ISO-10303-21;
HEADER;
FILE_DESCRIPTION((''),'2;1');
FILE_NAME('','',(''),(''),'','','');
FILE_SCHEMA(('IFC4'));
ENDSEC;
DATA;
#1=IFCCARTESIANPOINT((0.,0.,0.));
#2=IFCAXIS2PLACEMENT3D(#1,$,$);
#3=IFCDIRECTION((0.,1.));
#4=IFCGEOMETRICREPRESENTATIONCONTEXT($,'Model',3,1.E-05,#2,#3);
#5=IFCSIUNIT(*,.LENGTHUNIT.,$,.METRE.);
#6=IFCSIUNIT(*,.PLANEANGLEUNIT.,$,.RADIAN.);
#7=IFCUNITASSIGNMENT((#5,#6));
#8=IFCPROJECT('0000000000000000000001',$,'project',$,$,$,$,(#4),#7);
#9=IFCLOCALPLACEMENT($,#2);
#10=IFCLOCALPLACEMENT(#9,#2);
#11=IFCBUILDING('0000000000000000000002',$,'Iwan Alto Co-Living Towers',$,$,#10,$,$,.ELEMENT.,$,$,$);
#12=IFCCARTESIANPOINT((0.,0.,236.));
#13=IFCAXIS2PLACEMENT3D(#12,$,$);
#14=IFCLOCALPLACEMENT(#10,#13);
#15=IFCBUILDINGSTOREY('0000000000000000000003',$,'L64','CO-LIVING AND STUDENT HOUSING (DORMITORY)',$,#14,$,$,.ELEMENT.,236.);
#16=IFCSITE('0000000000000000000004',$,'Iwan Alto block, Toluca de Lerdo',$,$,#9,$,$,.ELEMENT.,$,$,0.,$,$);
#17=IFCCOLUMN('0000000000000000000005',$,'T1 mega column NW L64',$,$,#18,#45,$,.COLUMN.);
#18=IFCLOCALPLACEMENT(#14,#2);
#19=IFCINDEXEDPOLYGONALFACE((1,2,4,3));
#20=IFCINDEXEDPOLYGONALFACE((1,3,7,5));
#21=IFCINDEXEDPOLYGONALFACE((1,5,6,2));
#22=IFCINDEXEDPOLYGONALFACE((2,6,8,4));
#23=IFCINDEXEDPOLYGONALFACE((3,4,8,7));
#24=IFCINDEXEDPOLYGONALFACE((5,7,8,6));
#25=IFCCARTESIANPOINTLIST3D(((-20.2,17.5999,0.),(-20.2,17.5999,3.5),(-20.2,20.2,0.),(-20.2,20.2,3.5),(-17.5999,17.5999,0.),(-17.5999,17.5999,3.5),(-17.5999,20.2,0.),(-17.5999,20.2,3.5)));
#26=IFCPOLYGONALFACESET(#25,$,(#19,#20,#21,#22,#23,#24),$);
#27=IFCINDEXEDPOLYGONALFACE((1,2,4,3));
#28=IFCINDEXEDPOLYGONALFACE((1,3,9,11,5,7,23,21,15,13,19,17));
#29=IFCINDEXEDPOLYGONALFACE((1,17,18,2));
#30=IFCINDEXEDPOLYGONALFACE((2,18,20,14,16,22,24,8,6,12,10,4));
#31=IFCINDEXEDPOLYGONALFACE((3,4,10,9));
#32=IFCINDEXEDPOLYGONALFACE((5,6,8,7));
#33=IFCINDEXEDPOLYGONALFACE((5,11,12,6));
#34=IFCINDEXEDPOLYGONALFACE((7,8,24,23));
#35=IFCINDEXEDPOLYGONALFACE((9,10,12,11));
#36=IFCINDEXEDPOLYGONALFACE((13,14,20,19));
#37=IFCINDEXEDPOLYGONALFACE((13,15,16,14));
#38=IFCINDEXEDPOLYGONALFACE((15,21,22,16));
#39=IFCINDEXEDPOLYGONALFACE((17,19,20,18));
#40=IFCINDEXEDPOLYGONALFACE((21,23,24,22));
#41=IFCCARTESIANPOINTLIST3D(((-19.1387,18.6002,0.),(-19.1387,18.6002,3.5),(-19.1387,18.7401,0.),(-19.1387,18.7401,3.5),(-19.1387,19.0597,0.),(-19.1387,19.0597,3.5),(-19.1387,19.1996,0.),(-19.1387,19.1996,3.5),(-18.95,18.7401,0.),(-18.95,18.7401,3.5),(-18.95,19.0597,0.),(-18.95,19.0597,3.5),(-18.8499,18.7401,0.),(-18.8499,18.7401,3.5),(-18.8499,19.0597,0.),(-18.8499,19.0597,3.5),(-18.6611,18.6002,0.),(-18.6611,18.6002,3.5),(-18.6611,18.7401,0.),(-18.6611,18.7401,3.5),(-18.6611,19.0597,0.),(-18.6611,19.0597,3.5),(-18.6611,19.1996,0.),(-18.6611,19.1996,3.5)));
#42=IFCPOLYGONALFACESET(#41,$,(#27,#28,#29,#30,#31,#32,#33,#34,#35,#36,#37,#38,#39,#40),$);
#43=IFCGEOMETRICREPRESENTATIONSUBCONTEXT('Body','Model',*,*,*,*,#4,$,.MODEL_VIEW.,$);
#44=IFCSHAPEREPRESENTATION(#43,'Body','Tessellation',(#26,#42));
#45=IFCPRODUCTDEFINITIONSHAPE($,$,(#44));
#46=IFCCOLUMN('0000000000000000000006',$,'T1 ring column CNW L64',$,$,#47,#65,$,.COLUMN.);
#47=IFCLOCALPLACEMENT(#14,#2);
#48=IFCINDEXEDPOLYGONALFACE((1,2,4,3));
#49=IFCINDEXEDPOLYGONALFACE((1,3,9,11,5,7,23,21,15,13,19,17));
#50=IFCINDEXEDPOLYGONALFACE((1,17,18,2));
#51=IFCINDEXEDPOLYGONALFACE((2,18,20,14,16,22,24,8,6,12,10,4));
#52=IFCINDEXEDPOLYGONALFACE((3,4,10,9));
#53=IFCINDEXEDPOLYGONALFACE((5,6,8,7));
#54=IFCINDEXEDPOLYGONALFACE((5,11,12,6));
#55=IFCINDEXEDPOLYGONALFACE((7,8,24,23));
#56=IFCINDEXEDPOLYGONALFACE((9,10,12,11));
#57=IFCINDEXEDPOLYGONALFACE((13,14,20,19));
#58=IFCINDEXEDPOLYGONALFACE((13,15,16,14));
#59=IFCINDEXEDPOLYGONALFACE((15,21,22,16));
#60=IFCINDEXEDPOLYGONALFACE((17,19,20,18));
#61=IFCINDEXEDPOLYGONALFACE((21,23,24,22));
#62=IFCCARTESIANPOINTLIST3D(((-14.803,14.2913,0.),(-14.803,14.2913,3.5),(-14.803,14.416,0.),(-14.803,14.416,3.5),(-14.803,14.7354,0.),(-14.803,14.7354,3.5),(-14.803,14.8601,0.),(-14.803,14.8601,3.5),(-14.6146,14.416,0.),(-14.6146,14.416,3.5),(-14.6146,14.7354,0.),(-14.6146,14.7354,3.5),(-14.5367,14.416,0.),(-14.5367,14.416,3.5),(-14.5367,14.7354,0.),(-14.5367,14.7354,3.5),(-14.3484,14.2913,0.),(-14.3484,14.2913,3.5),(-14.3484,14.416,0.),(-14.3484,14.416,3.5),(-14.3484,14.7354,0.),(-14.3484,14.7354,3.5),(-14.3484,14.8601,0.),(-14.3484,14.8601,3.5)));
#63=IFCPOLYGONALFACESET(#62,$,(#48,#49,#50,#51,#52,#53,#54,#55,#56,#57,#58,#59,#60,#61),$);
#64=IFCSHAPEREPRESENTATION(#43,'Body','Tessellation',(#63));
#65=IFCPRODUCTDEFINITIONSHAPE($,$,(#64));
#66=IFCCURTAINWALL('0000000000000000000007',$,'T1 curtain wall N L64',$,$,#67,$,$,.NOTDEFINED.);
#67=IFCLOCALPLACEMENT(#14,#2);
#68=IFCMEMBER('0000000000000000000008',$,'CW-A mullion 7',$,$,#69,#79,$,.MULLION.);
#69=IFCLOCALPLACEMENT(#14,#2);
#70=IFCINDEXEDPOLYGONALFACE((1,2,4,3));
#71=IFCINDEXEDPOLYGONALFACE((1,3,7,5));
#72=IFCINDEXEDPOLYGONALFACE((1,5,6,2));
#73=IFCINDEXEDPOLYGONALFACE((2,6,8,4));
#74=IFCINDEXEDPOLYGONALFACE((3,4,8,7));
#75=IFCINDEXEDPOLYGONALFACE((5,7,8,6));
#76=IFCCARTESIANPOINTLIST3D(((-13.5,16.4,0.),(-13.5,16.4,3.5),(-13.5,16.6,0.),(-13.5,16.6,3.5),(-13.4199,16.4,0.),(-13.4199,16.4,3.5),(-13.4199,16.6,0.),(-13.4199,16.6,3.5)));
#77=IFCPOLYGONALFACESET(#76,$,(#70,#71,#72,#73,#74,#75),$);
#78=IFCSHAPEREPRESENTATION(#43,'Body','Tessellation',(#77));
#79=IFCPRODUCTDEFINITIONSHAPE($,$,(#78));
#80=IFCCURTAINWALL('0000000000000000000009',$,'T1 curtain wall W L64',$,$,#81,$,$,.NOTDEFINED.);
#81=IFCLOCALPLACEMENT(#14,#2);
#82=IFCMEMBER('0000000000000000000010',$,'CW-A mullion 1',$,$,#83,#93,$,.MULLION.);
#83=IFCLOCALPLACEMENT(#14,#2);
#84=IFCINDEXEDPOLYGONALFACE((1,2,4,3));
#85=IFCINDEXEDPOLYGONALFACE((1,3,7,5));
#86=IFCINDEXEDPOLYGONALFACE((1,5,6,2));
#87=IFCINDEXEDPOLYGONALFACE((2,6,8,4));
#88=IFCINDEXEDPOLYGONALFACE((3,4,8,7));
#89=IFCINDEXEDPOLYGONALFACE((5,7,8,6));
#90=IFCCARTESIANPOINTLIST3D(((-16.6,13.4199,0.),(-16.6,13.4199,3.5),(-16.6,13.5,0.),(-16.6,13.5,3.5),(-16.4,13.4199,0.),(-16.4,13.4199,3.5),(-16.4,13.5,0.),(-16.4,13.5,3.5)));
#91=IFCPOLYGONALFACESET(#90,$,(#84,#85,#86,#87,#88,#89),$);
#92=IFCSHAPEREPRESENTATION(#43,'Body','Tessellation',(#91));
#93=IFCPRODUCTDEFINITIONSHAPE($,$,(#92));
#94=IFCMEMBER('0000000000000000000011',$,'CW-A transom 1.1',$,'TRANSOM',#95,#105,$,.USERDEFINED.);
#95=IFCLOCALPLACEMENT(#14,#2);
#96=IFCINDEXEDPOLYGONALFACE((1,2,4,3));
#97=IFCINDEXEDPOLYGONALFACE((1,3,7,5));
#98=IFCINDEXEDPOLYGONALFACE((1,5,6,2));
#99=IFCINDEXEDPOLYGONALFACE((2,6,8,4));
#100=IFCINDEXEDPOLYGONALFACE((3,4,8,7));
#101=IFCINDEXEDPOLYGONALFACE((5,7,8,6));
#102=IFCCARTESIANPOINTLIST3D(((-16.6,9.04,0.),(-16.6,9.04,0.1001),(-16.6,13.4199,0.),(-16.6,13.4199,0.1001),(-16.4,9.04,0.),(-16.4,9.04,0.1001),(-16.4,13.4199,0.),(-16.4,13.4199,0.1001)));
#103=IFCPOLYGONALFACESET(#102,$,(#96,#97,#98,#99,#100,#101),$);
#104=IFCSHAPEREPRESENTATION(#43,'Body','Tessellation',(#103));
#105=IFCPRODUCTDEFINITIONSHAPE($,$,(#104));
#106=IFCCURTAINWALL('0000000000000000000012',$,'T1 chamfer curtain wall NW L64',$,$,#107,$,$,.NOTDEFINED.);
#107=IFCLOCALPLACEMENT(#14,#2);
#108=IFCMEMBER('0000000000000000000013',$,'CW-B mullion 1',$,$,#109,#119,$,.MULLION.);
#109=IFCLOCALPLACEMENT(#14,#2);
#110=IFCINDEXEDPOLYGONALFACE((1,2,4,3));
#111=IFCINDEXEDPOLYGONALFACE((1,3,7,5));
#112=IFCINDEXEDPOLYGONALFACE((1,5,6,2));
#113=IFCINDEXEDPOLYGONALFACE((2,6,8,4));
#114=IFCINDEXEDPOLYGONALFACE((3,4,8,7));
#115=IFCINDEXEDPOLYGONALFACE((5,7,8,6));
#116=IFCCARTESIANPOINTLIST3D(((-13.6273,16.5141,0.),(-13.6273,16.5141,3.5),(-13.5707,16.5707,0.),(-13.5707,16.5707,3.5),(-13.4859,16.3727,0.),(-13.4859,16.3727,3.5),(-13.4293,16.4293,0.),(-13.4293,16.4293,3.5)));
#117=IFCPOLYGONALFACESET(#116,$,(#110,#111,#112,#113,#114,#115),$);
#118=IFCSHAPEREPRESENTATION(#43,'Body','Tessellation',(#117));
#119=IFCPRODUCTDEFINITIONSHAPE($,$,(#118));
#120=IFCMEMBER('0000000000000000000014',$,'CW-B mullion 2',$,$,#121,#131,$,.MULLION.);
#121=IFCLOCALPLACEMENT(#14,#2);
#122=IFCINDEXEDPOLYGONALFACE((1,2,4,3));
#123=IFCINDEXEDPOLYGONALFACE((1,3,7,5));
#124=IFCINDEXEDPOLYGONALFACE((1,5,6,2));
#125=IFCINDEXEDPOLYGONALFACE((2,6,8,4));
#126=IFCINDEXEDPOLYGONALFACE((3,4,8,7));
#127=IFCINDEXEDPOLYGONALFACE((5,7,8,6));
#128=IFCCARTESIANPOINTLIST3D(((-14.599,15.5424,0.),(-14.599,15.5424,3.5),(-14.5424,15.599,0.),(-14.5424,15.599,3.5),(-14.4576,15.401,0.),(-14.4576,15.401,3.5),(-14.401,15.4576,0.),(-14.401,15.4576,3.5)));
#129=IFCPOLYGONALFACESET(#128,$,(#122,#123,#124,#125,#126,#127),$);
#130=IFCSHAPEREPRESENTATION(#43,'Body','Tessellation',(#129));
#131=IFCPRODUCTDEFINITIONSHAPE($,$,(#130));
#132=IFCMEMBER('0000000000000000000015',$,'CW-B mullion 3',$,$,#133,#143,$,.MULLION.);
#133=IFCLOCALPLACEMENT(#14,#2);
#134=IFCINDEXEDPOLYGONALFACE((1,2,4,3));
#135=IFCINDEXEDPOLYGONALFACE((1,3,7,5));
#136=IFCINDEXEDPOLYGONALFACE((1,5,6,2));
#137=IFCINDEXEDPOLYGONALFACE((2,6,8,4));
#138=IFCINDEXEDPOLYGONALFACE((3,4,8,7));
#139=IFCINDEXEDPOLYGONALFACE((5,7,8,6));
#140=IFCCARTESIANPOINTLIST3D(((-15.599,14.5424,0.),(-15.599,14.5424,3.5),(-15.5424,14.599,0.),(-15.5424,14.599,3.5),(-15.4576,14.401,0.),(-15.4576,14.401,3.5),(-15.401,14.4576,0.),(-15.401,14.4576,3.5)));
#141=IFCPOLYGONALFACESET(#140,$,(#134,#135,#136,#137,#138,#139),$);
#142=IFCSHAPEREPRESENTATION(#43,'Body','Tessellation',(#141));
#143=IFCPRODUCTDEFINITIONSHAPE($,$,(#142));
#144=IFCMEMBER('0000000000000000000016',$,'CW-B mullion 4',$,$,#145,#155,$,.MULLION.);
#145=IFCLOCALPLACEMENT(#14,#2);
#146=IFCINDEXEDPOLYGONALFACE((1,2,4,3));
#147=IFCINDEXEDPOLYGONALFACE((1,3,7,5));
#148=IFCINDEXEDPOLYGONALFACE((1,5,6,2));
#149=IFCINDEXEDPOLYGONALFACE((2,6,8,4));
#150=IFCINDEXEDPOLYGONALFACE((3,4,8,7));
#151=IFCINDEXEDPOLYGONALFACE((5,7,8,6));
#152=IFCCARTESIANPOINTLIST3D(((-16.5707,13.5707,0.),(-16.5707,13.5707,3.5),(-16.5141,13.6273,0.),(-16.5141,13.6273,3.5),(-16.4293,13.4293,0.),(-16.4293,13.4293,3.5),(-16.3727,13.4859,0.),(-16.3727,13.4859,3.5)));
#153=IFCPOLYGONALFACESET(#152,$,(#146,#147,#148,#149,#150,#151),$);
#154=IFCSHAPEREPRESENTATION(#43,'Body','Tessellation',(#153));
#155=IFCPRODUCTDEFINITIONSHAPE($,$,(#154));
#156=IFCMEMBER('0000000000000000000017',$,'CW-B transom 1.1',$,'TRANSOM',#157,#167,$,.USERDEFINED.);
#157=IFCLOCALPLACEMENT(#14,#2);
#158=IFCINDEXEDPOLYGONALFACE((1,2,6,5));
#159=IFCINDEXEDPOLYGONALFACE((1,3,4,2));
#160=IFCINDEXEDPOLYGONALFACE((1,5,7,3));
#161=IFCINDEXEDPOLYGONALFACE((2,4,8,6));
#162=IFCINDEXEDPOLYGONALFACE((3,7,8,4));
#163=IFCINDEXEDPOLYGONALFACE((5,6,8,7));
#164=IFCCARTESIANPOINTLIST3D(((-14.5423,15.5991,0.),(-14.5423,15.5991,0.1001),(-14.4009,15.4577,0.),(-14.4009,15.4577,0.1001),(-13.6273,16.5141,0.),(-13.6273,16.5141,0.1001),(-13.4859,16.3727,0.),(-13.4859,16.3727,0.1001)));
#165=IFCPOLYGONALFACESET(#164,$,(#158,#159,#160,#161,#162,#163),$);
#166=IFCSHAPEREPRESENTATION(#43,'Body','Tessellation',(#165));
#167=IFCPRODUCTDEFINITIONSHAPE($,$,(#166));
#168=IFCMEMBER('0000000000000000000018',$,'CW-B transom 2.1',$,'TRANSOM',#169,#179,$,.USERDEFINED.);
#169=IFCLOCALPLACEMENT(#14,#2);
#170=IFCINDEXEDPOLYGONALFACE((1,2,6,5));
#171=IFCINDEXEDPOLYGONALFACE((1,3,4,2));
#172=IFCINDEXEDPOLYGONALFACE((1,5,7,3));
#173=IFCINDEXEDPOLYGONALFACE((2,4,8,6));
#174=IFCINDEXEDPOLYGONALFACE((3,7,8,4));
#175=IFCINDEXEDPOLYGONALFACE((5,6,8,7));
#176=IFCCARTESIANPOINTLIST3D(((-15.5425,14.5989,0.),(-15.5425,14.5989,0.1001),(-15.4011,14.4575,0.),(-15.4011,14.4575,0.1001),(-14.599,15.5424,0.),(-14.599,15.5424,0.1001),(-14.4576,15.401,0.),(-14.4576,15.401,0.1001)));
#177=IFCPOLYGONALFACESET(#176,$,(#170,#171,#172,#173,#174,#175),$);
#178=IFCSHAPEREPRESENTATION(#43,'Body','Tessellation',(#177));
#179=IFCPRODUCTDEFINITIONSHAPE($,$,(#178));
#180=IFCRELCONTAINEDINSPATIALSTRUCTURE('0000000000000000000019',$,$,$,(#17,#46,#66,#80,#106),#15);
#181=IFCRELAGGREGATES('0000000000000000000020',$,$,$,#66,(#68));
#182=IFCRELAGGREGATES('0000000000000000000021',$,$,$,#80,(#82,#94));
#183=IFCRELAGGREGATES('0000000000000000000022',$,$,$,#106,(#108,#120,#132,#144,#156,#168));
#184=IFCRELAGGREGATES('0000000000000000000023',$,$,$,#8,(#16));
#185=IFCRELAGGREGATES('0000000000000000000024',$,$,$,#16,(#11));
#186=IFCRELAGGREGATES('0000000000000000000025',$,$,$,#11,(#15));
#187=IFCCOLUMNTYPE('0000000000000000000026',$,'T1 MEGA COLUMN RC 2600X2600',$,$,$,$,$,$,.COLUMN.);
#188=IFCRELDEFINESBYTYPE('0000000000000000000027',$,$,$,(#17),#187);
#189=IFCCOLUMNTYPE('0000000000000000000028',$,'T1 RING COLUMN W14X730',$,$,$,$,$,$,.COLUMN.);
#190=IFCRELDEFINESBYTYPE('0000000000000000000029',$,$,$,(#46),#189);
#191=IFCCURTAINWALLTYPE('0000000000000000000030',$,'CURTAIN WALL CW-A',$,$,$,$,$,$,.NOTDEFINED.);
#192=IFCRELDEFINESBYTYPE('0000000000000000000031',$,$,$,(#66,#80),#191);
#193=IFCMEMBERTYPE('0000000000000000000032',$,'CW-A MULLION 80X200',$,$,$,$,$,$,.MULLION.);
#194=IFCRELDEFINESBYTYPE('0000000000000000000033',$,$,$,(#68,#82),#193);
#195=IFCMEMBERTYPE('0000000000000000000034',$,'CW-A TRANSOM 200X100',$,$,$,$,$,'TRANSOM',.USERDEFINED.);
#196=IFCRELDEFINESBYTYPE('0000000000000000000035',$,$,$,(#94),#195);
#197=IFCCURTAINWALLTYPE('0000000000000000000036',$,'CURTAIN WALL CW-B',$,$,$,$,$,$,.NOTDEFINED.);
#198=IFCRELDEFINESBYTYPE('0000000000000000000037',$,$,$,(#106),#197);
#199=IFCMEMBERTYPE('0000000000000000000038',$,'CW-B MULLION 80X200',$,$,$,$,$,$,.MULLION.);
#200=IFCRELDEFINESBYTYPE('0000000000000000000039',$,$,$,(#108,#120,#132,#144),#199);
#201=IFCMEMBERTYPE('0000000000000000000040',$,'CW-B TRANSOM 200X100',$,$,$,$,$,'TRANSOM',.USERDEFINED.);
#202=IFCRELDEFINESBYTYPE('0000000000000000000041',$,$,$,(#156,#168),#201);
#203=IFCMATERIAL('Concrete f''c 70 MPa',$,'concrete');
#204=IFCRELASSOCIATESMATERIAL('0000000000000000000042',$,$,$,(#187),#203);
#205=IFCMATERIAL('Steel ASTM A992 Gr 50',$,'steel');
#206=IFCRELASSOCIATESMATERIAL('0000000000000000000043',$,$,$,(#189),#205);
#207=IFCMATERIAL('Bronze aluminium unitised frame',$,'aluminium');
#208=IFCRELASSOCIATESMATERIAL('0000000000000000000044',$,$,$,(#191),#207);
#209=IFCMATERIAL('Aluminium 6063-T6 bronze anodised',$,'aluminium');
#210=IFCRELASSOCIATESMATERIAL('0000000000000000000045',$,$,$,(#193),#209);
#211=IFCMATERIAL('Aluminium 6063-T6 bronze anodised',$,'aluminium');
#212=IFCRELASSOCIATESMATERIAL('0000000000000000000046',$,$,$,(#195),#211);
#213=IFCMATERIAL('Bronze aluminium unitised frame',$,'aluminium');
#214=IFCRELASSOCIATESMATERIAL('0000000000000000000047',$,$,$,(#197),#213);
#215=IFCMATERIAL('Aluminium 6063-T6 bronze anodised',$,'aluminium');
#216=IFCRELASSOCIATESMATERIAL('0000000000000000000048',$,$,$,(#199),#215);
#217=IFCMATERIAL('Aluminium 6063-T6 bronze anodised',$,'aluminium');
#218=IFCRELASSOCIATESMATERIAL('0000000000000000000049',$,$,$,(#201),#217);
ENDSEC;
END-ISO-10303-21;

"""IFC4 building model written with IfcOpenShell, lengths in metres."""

from ifc_helpers import new_model, si_unit, direction, frame, origin, origin_2d, place, context, subcontext, project, spatial, rectangle, i_section, extrude, material, material_profile, profile_set, type_object, element, aggregate, save


model = new_model("IFC4")

# Units and contexts
model_context = context("Model", 3, precision=1e-05, world=origin(), true_north=direction((0.0, 1.0)))
body_context = subcontext(model_context, "Body", "Model", "MODEL_VIEW")
ifc_project = project(units=[si_unit("LENGTHUNIT", "METRE"), si_unit("PLANEANGLEUNIT", "RADIAN")], contexts=[model_context])

# Site, building, storey
site_placement = place(None, origin())
site = spatial("IfcSite", under=ifc_project, at=site_placement, Name="Iwan Alto block, Toluca de Lerdo", CompositionType="ELEMENT", RefElevation=0.0)
building_placement = place(site_placement, origin())
building = spatial("IfcBuilding", under=site, at=building_placement, Name="Iwan Alto Co-Living Towers", CompositionType="ELEMENT")
storey_placement = place(building_placement, frame((0.0, 0.0, 236.0)))
storey = spatial("IfcBuildingStorey", under=building, at=storey_placement, Name="L64", Description="CO-LIVING AND STUDENT HOUSING (DORMITORY)", CompositionType="ELEMENT", Elevation=236.0)

# Columns
ifc_material_1 = material(Name="Concrete f'c 70 MPa", Category="concrete")
ifc_material_profile_1 = material_profile(ifc_material_1, rectangle(XDim=2.6001, YDim=2.6001, at=origin_2d()), Name="RC 2600X2600")
ifc_profile_set_1 = profile_set([ifc_material_profile_1], Name="Concrete f'c 70 MPa")
column_type_1 = type_object("IfcColumnType", Name="T1 MEGA COLUMN RC 2600X2600", PredefinedType="COLUMN", material=ifc_profile_set_1)
column_1_placement = place(storey_placement, frame((-18.8999, 18.8999, 0.0), z_axis=(0.0, 0.0, 1.0), x_axis=(1.0, 0.0, 0.0)))
element("IfcColumn", 1, at=column_1_placement, inside=storey, type_object=column_type_1, Name="T1 mega column NW L64", PredefinedType="COLUMN", context=body_context, shape_type="SweptSolid", body=[
    extrude(rectangle(XDim=2.6001, YDim=2.6001, at=origin_2d()), origin(), (0.0, 0.0, 1.0), 3.5),
    extrude(i_section(OverallWidth=0.4775, OverallDepth=0.5994, WebThickness=0.1001, FlangeThickness=0.1399, at=origin_2d()), origin(), (0.0, 0.0, 1.0), 3.5),
])
ifc_material_2 = material(Name="Steel ASTM A992 Gr 50", Category="steel")
ifc_material_profile_2 = material_profile(ifc_material_2, i_section(OverallWidth=0.4546, OverallDepth=0.5688, WebThickness=0.0779, FlangeThickness=0.1248, at=origin_2d()), Name="W14X730")
ifc_profile_set_2 = profile_set([ifc_material_profile_2], Name="Steel ASTM A992 Gr 50")
column_type_2 = type_object("IfcColumnType", Name="T1 RING COLUMN W14X730", PredefinedType="COLUMN", material=ifc_profile_set_2)
column_2_placement = place(storey_placement, frame((-14.5757, 14.5757, 0.0), z_axis=(0.0, 0.0, 1.0), x_axis=(1.0, 0.0, 0.0)))
element("IfcColumn", 2, at=column_2_placement, inside=storey, type_object=column_type_2, Name="T1 ring column CNW L64", PredefinedType="COLUMN", context=body_context, shape_type="SweptSolid", body=[
    extrude(i_section(OverallWidth=0.4546, OverallDepth=0.5688, WebThickness=0.0779, FlangeThickness=0.1248, at=origin_2d()), origin(), (0.0, 0.0, 1.0), 3.5),
])

# Curtain wall, member
ifc_material_3 = material(Name="Bronze aluminium unitised frame", Category="aluminium")
curtain_wall_type_1 = type_object("IfcCurtainWallType", Name="CURTAIN WALL CW-A", PredefinedType="NOTDEFINED", material=ifc_material_3)
curtain_wall_1_placement = place(storey_placement, origin())
curtain_wall_1 = element("IfcCurtainWall", 3, at=curtain_wall_1_placement, inside=storey, type_object=curtain_wall_type_1, Name="T1 curtain wall N L64", PredefinedType="NOTDEFINED")
ifc_material_4 = material(Name="Aluminium 6063-T6 bronze anodised", Category="aluminium")
ifc_material_profile_3 = material_profile(ifc_material_4, rectangle(XDim=0.2, YDim=0.0801, at=origin_2d()), Name="AL 80X200")
ifc_profile_set_3 = profile_set([ifc_material_profile_3], Name="Aluminium 6063-T6 bronze anodised")
member_type_1 = type_object("IfcMemberType", Name="CW-A MULLION 80X200", PredefinedType="MULLION", material=ifc_profile_set_3)
member_1_placement = place(storey_placement, frame((-13.46, 16.5, 0.0), z_axis=(0.0, 0.0, 1.0), x_axis=(0.0, -1.0, 0.0)))
member_1 = element("IfcMember", 4, at=member_1_placement, type_object=member_type_1, Name="CW-A mullion 7", PredefinedType="MULLION", context=body_context, shape_type="SweptSolid", body=[
    extrude(rectangle(XDim=0.2, YDim=0.0801, at=origin_2d()), origin(), (0.0, 0.0, 1.0), 3.5),
])
aggregate(curtain_wall_1, [member_1])

# Curtain walls, members
curtain_wall_2_placement = place(storey_placement, origin())
curtain_wall_2 = element("IfcCurtainWall", 5, at=curtain_wall_2_placement, inside=storey, type_object=curtain_wall_type_1, Name="T1 curtain wall W L64", PredefinedType="NOTDEFINED")
member_2_placement = place(storey_placement, frame((-16.5, 13.46, 0.0), z_axis=(0.0, 0.0, 1.0), x_axis=(1.0, 0.0, 0.0)))
member_2 = element("IfcMember", 6, at=member_2_placement, type_object=member_type_1, Name="CW-A mullion 1", PredefinedType="MULLION", context=body_context, shape_type="SweptSolid", body=[
    extrude(rectangle(XDim=0.2, YDim=0.0801, at=origin_2d()), origin(), (0.0, 0.0, 1.0), 3.5),
])
ifc_material_5 = material(Name="Aluminium 6063-T6 bronze anodised", Category="aluminium")
ifc_material_profile_4 = material_profile(ifc_material_5, rectangle(XDim=0.2, YDim=0.1001, at=origin_2d()), Name="AL 200X100")
ifc_profile_set_4 = profile_set([ifc_material_profile_4], Name="Aluminium 6063-T6 bronze anodised")
member_type_2 = type_object("IfcMemberType", Name="CW-A TRANSOM 200X100", ElementType="TRANSOM", PredefinedType="USERDEFINED", material=ifc_profile_set_4)
member_3_placement = place(storey_placement, frame((-16.5, 13.4199, 0.05), z_axis=(0.0, -1.0, 0.0), x_axis=(1.0, 0.0, 0.0)))
member_3 = element("IfcMember", 7, at=member_3_placement, type_object=member_type_2, Name="CW-A transom 1.1", ObjectType="TRANSOM", PredefinedType="USERDEFINED", context=body_context, shape_type="SweptSolid", body=[
    extrude(rectangle(XDim=0.2, YDim=0.1001, at=origin_2d()), origin(), (0.0, 0.0, 1.0), 4.3799),
])
aggregate(curtain_wall_2, [member_2, member_3])
ifc_material_6 = material(Name="Bronze aluminium unitised frame", Category="aluminium")
curtain_wall_type_2 = type_object("IfcCurtainWallType", Name="CURTAIN WALL CW-B", PredefinedType="NOTDEFINED", material=ifc_material_6)
curtain_wall_3_placement = place(storey_placement, origin())
curtain_wall_3 = element("IfcCurtainWall", 8, at=curtain_wall_3_placement, inside=storey, type_object=curtain_wall_type_2, Name="T1 chamfer curtain wall NW L64", PredefinedType="NOTDEFINED")
ifc_material_7 = material(Name="Aluminium 6063-T6 bronze anodised", Category="aluminium")
ifc_material_profile_5 = material_profile(ifc_material_7, rectangle(XDim=0.2, YDim=0.0801, at=origin_2d()), Name="AL 80X200")
ifc_profile_set_5 = profile_set([ifc_material_profile_5], Name="Aluminium 6063-T6 bronze anodised")
member_type_3 = type_object("IfcMemberType", Name="CW-B MULLION 80X200", PredefinedType="MULLION", material=ifc_profile_set_5)
member_4_placement = place(storey_placement, frame((-13.5283, 16.4717, 0.0), z_axis=(0.0, 0.0, 1.0), x_axis=(0.707107, -0.707107, 0.0)))
member_4 = element("IfcMember", 9, at=member_4_placement, type_object=member_type_3, Name="CW-B mullion 1", PredefinedType="MULLION", context=body_context, shape_type="SweptSolid", body=[
    extrude(rectangle(XDim=0.2, YDim=0.0801, at=origin_2d()), origin(), (0.0, 0.0, 1.0), 3.5),
])
member_5_placement = place(storey_placement, frame((-14.5, 15.5, 0.0), z_axis=(0.0, 0.0, 1.0), x_axis=(0.707107, -0.707107, 0.0)))
member_5 = element("IfcMember", 10, at=member_5_placement, type_object=member_type_3, Name="CW-B mullion 2", PredefinedType="MULLION", context=body_context, shape_type="SweptSolid", body=[
    extrude(rectangle(XDim=0.2, YDim=0.0801, at=origin_2d()), origin(), (0.0, 0.0, 1.0), 3.5),
])
member_6_placement = place(storey_placement, frame((-15.5, 14.5, 0.0), z_axis=(0.0, 0.0, 1.0), x_axis=(0.707107, -0.707107, 0.0)))
member_6 = element("IfcMember", 11, at=member_6_placement, type_object=member_type_3, Name="CW-B mullion 3", PredefinedType="MULLION", context=body_context, shape_type="SweptSolid", body=[
    extrude(rectangle(XDim=0.2, YDim=0.0801, at=origin_2d()), origin(), (0.0, 0.0, 1.0), 3.5),
])
member_7_placement = place(storey_placement, frame((-16.4717, 13.5283, 0.0), z_axis=(0.0, 0.0, 1.0), x_axis=(0.707107, -0.707107, 0.0)))
member_7 = element("IfcMember", 12, at=member_7_placement, type_object=member_type_3, Name="CW-B mullion 4", PredefinedType="MULLION", context=body_context, shape_type="SweptSolid", body=[
    extrude(rectangle(XDim=0.2, YDim=0.0801, at=origin_2d()), origin(), (0.0, 0.0, 1.0), 3.5),
])
ifc_material_8 = material(Name="Aluminium 6063-T6 bronze anodised", Category="aluminium")
ifc_material_profile_6 = material_profile(ifc_material_8, rectangle(XDim=0.2, YDim=0.1001, at=origin_2d()), Name="AL 200X100")
ifc_profile_set_6 = profile_set([ifc_material_profile_6], Name="Aluminium 6063-T6 bronze anodised")
member_type_4 = type_object("IfcMemberType", Name="CW-B TRANSOM 200X100", ElementType="TRANSOM", PredefinedType="USERDEFINED", material=ifc_profile_set_6)
member_8_placement = place(storey_placement, frame((-13.5566, 16.4434, 0.05), z_axis=(-0.707107, -0.707107, 0.0), x_axis=(0.707107, -0.707107, 0.0)))
member_8 = element("IfcMember", 13, at=member_8_placement, type_object=member_type_4, Name="CW-B transom 1.1", ObjectType="TRANSOM", PredefinedType="USERDEFINED", context=body_context, shape_type="SweptSolid", body=[
    extrude(rectangle(XDim=0.2, YDim=0.1001, at=origin_2d()), origin(), (0.0, 0.0, 1.0), 1.2939),
])
member_9_placement = place(storey_placement, frame((-14.5283, 15.4717, 0.05), z_axis=(-0.707107, -0.707107, 0.0), x_axis=(0.707107, -0.707107, 0.0)))
member_9 = element("IfcMember", 14, at=member_9_placement, type_object=member_type_4, Name="CW-B transom 2.1", ObjectType="TRANSOM", PredefinedType="USERDEFINED", context=body_context, shape_type="SweptSolid", body=[
    extrude(rectangle(XDim=0.2, YDim=0.1001, at=origin_2d()), origin(), (0.0, 0.0, 1.0), 1.3342),
])

aggregate(curtain_wall_3, [member_4, member_5, member_6, member_7, member_8, member_9])

save(model, "model.ifc")
